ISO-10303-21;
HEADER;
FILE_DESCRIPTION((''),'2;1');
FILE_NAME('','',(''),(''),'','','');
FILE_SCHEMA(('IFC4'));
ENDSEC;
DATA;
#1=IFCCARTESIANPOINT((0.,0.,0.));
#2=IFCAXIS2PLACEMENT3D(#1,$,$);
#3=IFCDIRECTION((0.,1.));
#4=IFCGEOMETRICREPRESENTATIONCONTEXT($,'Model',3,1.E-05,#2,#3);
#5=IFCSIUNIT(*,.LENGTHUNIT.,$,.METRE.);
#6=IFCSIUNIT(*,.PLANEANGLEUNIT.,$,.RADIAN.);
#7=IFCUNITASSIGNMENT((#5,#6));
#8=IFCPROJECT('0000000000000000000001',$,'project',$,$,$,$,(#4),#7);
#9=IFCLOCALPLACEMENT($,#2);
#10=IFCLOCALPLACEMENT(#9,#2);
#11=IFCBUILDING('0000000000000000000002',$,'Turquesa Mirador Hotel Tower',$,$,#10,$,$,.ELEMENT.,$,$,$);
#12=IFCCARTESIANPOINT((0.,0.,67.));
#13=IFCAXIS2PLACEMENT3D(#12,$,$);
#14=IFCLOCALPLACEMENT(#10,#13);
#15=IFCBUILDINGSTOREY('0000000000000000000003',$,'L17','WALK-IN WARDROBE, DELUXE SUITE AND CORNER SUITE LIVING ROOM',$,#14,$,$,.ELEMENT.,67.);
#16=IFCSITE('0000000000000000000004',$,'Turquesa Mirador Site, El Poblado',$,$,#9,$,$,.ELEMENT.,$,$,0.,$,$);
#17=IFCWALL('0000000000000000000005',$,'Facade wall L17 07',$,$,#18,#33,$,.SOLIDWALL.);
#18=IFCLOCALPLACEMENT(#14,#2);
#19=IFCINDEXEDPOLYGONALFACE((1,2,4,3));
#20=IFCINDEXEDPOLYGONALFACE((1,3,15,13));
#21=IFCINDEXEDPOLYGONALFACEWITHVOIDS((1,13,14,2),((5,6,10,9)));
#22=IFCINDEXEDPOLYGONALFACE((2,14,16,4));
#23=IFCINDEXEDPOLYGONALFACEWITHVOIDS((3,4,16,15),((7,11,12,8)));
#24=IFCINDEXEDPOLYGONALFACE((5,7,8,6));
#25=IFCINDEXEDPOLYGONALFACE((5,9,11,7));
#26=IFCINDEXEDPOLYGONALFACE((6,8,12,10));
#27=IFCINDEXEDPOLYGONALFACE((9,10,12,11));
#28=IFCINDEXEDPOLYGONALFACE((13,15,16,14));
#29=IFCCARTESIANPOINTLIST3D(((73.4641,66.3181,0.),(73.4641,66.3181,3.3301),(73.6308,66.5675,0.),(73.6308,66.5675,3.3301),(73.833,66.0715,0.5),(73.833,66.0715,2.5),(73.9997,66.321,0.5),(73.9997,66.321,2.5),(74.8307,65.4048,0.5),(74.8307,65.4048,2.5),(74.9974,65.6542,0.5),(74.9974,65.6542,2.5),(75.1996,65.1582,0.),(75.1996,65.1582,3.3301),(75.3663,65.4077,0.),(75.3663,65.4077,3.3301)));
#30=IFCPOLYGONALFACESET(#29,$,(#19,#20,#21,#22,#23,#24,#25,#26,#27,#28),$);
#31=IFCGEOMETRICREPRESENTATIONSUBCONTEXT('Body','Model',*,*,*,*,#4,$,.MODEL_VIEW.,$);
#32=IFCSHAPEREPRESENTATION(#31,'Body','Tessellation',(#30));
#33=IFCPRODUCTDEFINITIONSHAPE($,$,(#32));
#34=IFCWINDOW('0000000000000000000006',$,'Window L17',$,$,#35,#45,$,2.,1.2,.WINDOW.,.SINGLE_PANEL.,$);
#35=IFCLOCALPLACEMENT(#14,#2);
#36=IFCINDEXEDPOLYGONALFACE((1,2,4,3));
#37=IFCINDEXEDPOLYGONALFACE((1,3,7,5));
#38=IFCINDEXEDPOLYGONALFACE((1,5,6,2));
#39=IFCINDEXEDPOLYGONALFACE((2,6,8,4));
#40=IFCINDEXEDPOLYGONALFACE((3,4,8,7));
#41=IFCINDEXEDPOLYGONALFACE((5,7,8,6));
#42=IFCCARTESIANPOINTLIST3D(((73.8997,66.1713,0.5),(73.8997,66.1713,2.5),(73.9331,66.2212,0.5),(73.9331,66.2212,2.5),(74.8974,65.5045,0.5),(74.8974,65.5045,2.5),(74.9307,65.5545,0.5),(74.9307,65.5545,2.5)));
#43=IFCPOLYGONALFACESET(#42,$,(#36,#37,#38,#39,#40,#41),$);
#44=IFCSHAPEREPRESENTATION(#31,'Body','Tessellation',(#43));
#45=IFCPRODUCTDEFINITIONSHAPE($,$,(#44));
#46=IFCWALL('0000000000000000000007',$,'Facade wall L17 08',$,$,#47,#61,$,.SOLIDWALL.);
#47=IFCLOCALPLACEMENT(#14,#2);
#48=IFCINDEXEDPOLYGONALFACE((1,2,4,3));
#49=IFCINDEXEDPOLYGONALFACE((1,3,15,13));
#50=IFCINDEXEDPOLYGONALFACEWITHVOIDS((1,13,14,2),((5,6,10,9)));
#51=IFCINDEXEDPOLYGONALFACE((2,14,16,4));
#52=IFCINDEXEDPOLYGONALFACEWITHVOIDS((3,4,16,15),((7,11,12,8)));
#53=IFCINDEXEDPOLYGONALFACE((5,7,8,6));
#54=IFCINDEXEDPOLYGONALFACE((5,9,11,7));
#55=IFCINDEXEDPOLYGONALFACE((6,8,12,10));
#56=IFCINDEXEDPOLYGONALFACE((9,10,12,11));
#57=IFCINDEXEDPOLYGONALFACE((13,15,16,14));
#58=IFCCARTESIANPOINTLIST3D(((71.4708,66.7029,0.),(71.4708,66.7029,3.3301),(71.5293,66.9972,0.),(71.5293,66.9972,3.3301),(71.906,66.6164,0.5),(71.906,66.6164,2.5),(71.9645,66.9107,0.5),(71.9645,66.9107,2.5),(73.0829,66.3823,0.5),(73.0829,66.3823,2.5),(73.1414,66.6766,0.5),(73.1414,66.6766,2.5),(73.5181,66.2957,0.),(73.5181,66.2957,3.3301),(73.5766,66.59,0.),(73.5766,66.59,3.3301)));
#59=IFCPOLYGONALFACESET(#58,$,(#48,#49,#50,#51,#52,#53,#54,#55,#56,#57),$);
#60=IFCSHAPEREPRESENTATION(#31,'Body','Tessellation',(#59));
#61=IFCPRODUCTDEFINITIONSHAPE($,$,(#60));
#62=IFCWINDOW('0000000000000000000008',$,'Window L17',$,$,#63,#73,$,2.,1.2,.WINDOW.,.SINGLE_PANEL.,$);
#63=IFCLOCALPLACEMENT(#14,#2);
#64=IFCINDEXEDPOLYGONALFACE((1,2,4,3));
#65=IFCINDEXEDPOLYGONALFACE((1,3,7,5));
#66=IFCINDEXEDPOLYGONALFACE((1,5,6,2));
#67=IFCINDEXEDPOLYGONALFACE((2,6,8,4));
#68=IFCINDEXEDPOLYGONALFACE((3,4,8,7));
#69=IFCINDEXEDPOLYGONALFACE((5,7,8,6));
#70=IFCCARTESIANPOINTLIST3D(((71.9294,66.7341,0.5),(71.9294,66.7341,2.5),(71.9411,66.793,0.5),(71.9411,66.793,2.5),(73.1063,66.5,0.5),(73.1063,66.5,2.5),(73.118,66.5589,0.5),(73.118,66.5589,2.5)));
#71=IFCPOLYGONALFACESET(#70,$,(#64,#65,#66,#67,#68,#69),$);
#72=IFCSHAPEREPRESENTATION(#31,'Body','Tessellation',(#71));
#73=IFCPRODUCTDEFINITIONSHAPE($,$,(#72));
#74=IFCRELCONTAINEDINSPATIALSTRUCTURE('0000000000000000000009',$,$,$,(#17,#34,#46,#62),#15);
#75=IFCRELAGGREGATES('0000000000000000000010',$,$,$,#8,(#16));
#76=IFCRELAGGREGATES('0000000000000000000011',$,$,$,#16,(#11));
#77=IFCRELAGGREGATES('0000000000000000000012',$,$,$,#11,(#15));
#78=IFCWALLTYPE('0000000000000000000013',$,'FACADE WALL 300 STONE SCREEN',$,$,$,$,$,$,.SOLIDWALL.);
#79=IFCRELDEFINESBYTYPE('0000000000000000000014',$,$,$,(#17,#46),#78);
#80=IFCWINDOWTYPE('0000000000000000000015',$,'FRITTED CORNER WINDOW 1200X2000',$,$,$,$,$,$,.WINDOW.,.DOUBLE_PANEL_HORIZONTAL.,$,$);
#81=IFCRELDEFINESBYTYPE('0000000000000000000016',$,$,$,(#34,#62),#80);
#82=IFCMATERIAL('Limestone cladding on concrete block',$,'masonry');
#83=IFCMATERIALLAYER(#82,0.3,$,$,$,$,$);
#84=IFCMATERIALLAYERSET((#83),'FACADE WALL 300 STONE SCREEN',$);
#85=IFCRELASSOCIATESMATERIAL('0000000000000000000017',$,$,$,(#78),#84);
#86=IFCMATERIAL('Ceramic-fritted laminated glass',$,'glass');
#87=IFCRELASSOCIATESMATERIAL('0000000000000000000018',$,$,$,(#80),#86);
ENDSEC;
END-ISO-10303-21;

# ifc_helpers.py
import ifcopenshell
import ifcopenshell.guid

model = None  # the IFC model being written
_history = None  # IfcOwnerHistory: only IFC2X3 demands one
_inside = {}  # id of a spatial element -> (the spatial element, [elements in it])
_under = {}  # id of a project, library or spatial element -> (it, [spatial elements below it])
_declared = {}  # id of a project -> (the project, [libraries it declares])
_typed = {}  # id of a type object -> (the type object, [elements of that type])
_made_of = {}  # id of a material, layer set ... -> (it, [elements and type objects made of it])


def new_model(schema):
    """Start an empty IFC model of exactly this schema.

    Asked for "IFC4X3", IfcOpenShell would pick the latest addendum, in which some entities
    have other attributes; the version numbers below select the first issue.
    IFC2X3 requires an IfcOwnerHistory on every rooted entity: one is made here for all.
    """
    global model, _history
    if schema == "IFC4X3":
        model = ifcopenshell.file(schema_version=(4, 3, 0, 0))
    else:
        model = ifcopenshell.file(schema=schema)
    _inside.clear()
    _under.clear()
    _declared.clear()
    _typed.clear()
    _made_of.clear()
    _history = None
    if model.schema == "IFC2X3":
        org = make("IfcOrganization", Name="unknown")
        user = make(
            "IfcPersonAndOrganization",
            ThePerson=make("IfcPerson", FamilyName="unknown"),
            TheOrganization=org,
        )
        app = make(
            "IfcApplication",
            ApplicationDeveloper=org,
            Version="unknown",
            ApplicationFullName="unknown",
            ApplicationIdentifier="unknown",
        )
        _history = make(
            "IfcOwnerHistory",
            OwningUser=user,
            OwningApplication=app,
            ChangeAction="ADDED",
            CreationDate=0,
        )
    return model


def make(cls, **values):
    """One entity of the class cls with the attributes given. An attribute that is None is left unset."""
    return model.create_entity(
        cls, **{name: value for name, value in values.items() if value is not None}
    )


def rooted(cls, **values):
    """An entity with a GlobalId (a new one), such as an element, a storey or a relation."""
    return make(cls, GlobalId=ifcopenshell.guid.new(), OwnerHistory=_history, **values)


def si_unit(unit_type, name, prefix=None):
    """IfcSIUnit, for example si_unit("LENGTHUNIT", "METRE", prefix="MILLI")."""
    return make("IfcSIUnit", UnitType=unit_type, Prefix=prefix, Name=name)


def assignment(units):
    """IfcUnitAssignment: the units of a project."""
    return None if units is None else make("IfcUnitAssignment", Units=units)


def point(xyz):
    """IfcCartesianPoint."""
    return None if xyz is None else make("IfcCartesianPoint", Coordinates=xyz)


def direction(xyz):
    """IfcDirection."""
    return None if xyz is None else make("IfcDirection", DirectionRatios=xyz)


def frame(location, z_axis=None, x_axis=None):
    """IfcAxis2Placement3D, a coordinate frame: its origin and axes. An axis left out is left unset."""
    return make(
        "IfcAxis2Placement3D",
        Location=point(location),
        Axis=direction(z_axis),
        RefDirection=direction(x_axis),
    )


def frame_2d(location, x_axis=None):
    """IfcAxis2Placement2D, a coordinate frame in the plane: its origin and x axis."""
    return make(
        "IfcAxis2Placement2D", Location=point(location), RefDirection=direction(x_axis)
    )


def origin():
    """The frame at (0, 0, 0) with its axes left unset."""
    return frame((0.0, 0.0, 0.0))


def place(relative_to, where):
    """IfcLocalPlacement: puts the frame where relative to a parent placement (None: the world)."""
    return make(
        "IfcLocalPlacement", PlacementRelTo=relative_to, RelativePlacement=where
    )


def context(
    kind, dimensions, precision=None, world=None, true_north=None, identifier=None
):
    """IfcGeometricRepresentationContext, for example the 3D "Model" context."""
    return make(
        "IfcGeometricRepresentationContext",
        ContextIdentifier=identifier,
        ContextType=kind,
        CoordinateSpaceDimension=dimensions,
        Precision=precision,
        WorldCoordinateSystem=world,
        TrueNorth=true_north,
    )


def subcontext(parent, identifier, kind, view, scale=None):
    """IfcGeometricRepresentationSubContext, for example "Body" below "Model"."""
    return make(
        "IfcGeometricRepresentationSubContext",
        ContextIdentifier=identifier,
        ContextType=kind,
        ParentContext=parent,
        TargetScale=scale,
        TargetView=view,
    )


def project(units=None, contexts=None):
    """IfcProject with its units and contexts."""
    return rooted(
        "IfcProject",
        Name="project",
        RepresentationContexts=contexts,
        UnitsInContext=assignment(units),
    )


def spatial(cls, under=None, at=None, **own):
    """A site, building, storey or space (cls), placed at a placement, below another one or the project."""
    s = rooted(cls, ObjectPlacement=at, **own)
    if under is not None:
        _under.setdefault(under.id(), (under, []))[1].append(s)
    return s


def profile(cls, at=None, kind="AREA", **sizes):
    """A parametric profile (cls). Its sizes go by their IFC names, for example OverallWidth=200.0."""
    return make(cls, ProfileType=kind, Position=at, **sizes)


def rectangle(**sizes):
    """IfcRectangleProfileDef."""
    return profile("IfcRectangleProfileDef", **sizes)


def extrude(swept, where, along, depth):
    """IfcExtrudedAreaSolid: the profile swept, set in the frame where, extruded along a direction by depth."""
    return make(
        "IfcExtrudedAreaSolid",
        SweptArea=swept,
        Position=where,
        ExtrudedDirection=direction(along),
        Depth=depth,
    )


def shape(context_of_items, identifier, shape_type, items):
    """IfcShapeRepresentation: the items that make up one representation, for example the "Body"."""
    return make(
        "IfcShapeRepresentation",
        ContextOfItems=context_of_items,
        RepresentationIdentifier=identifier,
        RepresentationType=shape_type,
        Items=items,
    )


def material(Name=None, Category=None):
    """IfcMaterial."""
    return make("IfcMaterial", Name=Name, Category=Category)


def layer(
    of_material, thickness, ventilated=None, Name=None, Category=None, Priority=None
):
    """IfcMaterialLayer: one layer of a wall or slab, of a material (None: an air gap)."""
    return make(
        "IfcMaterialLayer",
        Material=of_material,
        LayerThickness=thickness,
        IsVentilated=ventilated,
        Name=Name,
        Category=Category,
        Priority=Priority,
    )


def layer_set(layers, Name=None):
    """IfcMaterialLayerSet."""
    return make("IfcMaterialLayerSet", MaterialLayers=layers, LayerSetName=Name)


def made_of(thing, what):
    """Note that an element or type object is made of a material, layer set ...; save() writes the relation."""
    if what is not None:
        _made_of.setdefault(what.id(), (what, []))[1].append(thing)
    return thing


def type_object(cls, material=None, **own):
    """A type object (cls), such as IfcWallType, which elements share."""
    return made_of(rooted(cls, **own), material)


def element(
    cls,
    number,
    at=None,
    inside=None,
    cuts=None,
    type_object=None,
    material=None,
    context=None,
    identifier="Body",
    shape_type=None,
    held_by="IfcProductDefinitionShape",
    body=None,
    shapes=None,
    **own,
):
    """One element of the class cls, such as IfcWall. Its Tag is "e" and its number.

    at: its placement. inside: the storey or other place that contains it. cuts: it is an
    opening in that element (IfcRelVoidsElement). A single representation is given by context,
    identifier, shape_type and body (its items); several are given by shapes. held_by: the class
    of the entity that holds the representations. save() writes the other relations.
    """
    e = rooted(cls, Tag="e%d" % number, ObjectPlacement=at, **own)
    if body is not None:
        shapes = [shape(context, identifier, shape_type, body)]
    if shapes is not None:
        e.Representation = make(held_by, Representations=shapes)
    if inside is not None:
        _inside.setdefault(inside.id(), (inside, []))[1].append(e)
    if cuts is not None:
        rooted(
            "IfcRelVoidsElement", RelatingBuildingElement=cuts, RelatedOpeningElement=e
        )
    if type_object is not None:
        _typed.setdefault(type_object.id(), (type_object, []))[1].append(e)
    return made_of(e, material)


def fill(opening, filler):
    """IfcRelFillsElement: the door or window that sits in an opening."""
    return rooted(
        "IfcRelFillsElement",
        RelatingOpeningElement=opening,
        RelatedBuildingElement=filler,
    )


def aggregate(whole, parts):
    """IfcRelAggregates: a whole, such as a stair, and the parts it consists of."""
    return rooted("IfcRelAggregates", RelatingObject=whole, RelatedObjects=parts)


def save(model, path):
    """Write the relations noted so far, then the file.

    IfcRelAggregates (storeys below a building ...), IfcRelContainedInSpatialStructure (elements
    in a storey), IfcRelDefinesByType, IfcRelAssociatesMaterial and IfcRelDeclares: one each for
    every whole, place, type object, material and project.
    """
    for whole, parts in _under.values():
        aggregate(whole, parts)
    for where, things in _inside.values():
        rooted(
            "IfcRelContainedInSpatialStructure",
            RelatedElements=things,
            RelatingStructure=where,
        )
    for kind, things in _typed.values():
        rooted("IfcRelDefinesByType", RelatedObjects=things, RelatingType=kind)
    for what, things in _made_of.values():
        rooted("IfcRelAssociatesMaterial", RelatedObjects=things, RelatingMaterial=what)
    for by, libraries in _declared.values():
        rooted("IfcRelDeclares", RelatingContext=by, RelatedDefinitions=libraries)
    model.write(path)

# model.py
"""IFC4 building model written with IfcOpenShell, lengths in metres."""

from ifc_helpers import new_model, si_unit, direction, frame, frame_2d, origin, place, context, subcontext, project, spatial, rectangle, extrude, material, layer, layer_set, type_object, element, fill, save


model = new_model("IFC4")

# Units and contexts
model_context = context("Model", 3, precision=1e-05, world=origin(), true_north=direction((0.0, 1.0)))
body_context = subcontext(model_context, "Body", "Model", "MODEL_VIEW")
ifc_project = project(units=[si_unit("LENGTHUNIT", "METRE"), si_unit("PLANEANGLEUNIT", "RADIAN")], contexts=[model_context])

# Site, building, storey
site_placement = place(None, origin())
site = spatial("IfcSite", under=ifc_project, at=site_placement, Name="Turquesa Mirador Site, El Poblado", CompositionType="ELEMENT", RefElevation=0.0)
building_placement = place(site_placement, origin())
building = spatial("IfcBuilding", under=site, at=building_placement, Name="Turquesa Mirador Hotel Tower", CompositionType="ELEMENT")
storey_placement = place(building_placement, frame((0.0, 0.0, 67.0)))
storey = spatial("IfcBuildingStorey", under=building, at=storey_placement, Name="L17", Description="WALK-IN WARDROBE, DELUXE SUITE AND CORNER SUITE LIVING ROOM", CompositionType="ELEMENT", Elevation=67.0)

# Walls, openings, windows
ifc_material_1 = material(Name="Limestone cladding on concrete block", Category="masonry")
ifc_layer = layer(ifc_material_1, 0.3)
ifc_layer_set = layer_set([ifc_layer], Name="FACADE WALL 300 STONE SCREEN")
wall_type = type_object("IfcWallType", Name="FACADE WALL 300 STONE SCREEN", PredefinedType="SOLIDWALL", material=ifc_layer_set)
ifc_material_2 = material(Name="Ceramic-fritted laminated glass", Category="glass")
window_type = type_object("IfcWindowType", Name="FRITTED CORNER WINDOW 1200X2000", PartitioningType="DOUBLE_PANEL_HORIZONTAL", PredefinedType="WINDOW", material=ifc_material_2)
wall_1_placement = place(storey_placement, frame((75.283, 65.283, 0.0), z_axis=(0.0, 0.0, 1.0), x_axis=(-0.83142, 0.555644, 0.0)))
wall_1 = element("IfcWall", 1, at=wall_1_placement, inside=storey, type_object=wall_type, Name="Facade wall L17 07", PredefinedType="SOLIDWALL", context=body_context, shape_type="SweptSolid", body=[
    extrude(rectangle(XDim=2.0874, YDim=0.3, at=frame_2d((1.0437, 0.0))), origin(), (0.0, 0.0, 1.0), 3.3301),
])
opening_1_placement = place(wall_1_placement, frame((0.4436, 0.0, 0.5)))
opening_1 = element("IfcOpeningElement", 2, at=opening_1_placement, cuts=wall_1, PredefinedType="OPENING", context=body_context, shape_type="SweptSolid", body=[
    extrude(rectangle(XDim=1.2, YDim=2.0, at=frame_2d((0.6001, 1.0))), frame((0.0, 0.1599, 0.0), z_axis=(0.0, -1.0, 0.0), x_axis=(1.0, 0.0, 0.0)), (0.0, 0.0, 1.0), 0.3201),
])
window_1_placement = place(opening_1_placement, origin())
window_1 = element("IfcWindow", 3, at=window_1_placement, inside=storey, type_object=window_type, Name="Window L17", OverallHeight=2.0, OverallWidth=1.2, PartitioningType="SINGLE_PANEL", PredefinedType="WINDOW", context=body_context, shape_type="SweptSolid", body=[
    extrude(rectangle(XDim=1.2, YDim=2.0, at=frame_2d((0.6001, 1.0))), frame((0.0, 0.03, 0.0), z_axis=(0.0, -1.0, 0.0), x_axis=(1.0, 0.0, 0.0)), (0.0, 0.0, 1.0), 0.0601),
])
fill(opening_1, window_1)
wall_2_placement = place(storey_placement, frame((73.5474, 66.4429, 0.0), z_axis=(0.0, 0.0, 1.0), x_axis=(-0.980787, 0.195081, 0.0)))
wall_2 = element("IfcWall", 4, at=wall_2_placement, inside=storey, type_object=wall_type, Name="Facade wall L17 08", PredefinedType="SOLIDWALL", context=body_context, shape_type="SweptSolid", body=[
    extrude(rectangle(XDim=2.0874, YDim=0.3, at=frame_2d((1.0437, 0.0))), origin(), (0.0, 0.0, 1.0), 3.3301),
])
opening_2_placement = place(wall_2_placement, frame((0.4436, 0.0, 0.5)))
opening_2 = element("IfcOpeningElement", 5, at=opening_2_placement, cuts=wall_2, PredefinedType="OPENING", context=body_context, shape_type="SweptSolid", body=[
    extrude(rectangle(XDim=1.2, YDim=2.0, at=frame_2d((0.6001, 1.0))), frame((0.0, 0.1599, 0.0), z_axis=(0.0, -1.0, 0.0), x_axis=(1.0, 0.0, 0.0)), (0.0, 0.0, 1.0), 0.3201),
])
window_2_placement = place(opening_2_placement, origin())
window_2 = element("IfcWindow", 6, at=window_2_placement, inside=storey, type_object=window_type, Name="Window L17", OverallHeight=2.0, OverallWidth=1.2, PartitioningType="SINGLE_PANEL", PredefinedType="WINDOW", context=body_context, shape_type="SweptSolid", body=[
    extrude(rectangle(XDim=1.2, YDim=2.0, at=frame_2d((0.6001, 1.0))), frame((0.0, 0.03, 0.0), z_axis=(0.0, -1.0, 0.0), x_axis=(1.0, 0.0, 0.0)), (0.0, 0.0, 1.0), 0.0601),
])
fill(opening_2, window_2)

save(model, "model.ifc")
